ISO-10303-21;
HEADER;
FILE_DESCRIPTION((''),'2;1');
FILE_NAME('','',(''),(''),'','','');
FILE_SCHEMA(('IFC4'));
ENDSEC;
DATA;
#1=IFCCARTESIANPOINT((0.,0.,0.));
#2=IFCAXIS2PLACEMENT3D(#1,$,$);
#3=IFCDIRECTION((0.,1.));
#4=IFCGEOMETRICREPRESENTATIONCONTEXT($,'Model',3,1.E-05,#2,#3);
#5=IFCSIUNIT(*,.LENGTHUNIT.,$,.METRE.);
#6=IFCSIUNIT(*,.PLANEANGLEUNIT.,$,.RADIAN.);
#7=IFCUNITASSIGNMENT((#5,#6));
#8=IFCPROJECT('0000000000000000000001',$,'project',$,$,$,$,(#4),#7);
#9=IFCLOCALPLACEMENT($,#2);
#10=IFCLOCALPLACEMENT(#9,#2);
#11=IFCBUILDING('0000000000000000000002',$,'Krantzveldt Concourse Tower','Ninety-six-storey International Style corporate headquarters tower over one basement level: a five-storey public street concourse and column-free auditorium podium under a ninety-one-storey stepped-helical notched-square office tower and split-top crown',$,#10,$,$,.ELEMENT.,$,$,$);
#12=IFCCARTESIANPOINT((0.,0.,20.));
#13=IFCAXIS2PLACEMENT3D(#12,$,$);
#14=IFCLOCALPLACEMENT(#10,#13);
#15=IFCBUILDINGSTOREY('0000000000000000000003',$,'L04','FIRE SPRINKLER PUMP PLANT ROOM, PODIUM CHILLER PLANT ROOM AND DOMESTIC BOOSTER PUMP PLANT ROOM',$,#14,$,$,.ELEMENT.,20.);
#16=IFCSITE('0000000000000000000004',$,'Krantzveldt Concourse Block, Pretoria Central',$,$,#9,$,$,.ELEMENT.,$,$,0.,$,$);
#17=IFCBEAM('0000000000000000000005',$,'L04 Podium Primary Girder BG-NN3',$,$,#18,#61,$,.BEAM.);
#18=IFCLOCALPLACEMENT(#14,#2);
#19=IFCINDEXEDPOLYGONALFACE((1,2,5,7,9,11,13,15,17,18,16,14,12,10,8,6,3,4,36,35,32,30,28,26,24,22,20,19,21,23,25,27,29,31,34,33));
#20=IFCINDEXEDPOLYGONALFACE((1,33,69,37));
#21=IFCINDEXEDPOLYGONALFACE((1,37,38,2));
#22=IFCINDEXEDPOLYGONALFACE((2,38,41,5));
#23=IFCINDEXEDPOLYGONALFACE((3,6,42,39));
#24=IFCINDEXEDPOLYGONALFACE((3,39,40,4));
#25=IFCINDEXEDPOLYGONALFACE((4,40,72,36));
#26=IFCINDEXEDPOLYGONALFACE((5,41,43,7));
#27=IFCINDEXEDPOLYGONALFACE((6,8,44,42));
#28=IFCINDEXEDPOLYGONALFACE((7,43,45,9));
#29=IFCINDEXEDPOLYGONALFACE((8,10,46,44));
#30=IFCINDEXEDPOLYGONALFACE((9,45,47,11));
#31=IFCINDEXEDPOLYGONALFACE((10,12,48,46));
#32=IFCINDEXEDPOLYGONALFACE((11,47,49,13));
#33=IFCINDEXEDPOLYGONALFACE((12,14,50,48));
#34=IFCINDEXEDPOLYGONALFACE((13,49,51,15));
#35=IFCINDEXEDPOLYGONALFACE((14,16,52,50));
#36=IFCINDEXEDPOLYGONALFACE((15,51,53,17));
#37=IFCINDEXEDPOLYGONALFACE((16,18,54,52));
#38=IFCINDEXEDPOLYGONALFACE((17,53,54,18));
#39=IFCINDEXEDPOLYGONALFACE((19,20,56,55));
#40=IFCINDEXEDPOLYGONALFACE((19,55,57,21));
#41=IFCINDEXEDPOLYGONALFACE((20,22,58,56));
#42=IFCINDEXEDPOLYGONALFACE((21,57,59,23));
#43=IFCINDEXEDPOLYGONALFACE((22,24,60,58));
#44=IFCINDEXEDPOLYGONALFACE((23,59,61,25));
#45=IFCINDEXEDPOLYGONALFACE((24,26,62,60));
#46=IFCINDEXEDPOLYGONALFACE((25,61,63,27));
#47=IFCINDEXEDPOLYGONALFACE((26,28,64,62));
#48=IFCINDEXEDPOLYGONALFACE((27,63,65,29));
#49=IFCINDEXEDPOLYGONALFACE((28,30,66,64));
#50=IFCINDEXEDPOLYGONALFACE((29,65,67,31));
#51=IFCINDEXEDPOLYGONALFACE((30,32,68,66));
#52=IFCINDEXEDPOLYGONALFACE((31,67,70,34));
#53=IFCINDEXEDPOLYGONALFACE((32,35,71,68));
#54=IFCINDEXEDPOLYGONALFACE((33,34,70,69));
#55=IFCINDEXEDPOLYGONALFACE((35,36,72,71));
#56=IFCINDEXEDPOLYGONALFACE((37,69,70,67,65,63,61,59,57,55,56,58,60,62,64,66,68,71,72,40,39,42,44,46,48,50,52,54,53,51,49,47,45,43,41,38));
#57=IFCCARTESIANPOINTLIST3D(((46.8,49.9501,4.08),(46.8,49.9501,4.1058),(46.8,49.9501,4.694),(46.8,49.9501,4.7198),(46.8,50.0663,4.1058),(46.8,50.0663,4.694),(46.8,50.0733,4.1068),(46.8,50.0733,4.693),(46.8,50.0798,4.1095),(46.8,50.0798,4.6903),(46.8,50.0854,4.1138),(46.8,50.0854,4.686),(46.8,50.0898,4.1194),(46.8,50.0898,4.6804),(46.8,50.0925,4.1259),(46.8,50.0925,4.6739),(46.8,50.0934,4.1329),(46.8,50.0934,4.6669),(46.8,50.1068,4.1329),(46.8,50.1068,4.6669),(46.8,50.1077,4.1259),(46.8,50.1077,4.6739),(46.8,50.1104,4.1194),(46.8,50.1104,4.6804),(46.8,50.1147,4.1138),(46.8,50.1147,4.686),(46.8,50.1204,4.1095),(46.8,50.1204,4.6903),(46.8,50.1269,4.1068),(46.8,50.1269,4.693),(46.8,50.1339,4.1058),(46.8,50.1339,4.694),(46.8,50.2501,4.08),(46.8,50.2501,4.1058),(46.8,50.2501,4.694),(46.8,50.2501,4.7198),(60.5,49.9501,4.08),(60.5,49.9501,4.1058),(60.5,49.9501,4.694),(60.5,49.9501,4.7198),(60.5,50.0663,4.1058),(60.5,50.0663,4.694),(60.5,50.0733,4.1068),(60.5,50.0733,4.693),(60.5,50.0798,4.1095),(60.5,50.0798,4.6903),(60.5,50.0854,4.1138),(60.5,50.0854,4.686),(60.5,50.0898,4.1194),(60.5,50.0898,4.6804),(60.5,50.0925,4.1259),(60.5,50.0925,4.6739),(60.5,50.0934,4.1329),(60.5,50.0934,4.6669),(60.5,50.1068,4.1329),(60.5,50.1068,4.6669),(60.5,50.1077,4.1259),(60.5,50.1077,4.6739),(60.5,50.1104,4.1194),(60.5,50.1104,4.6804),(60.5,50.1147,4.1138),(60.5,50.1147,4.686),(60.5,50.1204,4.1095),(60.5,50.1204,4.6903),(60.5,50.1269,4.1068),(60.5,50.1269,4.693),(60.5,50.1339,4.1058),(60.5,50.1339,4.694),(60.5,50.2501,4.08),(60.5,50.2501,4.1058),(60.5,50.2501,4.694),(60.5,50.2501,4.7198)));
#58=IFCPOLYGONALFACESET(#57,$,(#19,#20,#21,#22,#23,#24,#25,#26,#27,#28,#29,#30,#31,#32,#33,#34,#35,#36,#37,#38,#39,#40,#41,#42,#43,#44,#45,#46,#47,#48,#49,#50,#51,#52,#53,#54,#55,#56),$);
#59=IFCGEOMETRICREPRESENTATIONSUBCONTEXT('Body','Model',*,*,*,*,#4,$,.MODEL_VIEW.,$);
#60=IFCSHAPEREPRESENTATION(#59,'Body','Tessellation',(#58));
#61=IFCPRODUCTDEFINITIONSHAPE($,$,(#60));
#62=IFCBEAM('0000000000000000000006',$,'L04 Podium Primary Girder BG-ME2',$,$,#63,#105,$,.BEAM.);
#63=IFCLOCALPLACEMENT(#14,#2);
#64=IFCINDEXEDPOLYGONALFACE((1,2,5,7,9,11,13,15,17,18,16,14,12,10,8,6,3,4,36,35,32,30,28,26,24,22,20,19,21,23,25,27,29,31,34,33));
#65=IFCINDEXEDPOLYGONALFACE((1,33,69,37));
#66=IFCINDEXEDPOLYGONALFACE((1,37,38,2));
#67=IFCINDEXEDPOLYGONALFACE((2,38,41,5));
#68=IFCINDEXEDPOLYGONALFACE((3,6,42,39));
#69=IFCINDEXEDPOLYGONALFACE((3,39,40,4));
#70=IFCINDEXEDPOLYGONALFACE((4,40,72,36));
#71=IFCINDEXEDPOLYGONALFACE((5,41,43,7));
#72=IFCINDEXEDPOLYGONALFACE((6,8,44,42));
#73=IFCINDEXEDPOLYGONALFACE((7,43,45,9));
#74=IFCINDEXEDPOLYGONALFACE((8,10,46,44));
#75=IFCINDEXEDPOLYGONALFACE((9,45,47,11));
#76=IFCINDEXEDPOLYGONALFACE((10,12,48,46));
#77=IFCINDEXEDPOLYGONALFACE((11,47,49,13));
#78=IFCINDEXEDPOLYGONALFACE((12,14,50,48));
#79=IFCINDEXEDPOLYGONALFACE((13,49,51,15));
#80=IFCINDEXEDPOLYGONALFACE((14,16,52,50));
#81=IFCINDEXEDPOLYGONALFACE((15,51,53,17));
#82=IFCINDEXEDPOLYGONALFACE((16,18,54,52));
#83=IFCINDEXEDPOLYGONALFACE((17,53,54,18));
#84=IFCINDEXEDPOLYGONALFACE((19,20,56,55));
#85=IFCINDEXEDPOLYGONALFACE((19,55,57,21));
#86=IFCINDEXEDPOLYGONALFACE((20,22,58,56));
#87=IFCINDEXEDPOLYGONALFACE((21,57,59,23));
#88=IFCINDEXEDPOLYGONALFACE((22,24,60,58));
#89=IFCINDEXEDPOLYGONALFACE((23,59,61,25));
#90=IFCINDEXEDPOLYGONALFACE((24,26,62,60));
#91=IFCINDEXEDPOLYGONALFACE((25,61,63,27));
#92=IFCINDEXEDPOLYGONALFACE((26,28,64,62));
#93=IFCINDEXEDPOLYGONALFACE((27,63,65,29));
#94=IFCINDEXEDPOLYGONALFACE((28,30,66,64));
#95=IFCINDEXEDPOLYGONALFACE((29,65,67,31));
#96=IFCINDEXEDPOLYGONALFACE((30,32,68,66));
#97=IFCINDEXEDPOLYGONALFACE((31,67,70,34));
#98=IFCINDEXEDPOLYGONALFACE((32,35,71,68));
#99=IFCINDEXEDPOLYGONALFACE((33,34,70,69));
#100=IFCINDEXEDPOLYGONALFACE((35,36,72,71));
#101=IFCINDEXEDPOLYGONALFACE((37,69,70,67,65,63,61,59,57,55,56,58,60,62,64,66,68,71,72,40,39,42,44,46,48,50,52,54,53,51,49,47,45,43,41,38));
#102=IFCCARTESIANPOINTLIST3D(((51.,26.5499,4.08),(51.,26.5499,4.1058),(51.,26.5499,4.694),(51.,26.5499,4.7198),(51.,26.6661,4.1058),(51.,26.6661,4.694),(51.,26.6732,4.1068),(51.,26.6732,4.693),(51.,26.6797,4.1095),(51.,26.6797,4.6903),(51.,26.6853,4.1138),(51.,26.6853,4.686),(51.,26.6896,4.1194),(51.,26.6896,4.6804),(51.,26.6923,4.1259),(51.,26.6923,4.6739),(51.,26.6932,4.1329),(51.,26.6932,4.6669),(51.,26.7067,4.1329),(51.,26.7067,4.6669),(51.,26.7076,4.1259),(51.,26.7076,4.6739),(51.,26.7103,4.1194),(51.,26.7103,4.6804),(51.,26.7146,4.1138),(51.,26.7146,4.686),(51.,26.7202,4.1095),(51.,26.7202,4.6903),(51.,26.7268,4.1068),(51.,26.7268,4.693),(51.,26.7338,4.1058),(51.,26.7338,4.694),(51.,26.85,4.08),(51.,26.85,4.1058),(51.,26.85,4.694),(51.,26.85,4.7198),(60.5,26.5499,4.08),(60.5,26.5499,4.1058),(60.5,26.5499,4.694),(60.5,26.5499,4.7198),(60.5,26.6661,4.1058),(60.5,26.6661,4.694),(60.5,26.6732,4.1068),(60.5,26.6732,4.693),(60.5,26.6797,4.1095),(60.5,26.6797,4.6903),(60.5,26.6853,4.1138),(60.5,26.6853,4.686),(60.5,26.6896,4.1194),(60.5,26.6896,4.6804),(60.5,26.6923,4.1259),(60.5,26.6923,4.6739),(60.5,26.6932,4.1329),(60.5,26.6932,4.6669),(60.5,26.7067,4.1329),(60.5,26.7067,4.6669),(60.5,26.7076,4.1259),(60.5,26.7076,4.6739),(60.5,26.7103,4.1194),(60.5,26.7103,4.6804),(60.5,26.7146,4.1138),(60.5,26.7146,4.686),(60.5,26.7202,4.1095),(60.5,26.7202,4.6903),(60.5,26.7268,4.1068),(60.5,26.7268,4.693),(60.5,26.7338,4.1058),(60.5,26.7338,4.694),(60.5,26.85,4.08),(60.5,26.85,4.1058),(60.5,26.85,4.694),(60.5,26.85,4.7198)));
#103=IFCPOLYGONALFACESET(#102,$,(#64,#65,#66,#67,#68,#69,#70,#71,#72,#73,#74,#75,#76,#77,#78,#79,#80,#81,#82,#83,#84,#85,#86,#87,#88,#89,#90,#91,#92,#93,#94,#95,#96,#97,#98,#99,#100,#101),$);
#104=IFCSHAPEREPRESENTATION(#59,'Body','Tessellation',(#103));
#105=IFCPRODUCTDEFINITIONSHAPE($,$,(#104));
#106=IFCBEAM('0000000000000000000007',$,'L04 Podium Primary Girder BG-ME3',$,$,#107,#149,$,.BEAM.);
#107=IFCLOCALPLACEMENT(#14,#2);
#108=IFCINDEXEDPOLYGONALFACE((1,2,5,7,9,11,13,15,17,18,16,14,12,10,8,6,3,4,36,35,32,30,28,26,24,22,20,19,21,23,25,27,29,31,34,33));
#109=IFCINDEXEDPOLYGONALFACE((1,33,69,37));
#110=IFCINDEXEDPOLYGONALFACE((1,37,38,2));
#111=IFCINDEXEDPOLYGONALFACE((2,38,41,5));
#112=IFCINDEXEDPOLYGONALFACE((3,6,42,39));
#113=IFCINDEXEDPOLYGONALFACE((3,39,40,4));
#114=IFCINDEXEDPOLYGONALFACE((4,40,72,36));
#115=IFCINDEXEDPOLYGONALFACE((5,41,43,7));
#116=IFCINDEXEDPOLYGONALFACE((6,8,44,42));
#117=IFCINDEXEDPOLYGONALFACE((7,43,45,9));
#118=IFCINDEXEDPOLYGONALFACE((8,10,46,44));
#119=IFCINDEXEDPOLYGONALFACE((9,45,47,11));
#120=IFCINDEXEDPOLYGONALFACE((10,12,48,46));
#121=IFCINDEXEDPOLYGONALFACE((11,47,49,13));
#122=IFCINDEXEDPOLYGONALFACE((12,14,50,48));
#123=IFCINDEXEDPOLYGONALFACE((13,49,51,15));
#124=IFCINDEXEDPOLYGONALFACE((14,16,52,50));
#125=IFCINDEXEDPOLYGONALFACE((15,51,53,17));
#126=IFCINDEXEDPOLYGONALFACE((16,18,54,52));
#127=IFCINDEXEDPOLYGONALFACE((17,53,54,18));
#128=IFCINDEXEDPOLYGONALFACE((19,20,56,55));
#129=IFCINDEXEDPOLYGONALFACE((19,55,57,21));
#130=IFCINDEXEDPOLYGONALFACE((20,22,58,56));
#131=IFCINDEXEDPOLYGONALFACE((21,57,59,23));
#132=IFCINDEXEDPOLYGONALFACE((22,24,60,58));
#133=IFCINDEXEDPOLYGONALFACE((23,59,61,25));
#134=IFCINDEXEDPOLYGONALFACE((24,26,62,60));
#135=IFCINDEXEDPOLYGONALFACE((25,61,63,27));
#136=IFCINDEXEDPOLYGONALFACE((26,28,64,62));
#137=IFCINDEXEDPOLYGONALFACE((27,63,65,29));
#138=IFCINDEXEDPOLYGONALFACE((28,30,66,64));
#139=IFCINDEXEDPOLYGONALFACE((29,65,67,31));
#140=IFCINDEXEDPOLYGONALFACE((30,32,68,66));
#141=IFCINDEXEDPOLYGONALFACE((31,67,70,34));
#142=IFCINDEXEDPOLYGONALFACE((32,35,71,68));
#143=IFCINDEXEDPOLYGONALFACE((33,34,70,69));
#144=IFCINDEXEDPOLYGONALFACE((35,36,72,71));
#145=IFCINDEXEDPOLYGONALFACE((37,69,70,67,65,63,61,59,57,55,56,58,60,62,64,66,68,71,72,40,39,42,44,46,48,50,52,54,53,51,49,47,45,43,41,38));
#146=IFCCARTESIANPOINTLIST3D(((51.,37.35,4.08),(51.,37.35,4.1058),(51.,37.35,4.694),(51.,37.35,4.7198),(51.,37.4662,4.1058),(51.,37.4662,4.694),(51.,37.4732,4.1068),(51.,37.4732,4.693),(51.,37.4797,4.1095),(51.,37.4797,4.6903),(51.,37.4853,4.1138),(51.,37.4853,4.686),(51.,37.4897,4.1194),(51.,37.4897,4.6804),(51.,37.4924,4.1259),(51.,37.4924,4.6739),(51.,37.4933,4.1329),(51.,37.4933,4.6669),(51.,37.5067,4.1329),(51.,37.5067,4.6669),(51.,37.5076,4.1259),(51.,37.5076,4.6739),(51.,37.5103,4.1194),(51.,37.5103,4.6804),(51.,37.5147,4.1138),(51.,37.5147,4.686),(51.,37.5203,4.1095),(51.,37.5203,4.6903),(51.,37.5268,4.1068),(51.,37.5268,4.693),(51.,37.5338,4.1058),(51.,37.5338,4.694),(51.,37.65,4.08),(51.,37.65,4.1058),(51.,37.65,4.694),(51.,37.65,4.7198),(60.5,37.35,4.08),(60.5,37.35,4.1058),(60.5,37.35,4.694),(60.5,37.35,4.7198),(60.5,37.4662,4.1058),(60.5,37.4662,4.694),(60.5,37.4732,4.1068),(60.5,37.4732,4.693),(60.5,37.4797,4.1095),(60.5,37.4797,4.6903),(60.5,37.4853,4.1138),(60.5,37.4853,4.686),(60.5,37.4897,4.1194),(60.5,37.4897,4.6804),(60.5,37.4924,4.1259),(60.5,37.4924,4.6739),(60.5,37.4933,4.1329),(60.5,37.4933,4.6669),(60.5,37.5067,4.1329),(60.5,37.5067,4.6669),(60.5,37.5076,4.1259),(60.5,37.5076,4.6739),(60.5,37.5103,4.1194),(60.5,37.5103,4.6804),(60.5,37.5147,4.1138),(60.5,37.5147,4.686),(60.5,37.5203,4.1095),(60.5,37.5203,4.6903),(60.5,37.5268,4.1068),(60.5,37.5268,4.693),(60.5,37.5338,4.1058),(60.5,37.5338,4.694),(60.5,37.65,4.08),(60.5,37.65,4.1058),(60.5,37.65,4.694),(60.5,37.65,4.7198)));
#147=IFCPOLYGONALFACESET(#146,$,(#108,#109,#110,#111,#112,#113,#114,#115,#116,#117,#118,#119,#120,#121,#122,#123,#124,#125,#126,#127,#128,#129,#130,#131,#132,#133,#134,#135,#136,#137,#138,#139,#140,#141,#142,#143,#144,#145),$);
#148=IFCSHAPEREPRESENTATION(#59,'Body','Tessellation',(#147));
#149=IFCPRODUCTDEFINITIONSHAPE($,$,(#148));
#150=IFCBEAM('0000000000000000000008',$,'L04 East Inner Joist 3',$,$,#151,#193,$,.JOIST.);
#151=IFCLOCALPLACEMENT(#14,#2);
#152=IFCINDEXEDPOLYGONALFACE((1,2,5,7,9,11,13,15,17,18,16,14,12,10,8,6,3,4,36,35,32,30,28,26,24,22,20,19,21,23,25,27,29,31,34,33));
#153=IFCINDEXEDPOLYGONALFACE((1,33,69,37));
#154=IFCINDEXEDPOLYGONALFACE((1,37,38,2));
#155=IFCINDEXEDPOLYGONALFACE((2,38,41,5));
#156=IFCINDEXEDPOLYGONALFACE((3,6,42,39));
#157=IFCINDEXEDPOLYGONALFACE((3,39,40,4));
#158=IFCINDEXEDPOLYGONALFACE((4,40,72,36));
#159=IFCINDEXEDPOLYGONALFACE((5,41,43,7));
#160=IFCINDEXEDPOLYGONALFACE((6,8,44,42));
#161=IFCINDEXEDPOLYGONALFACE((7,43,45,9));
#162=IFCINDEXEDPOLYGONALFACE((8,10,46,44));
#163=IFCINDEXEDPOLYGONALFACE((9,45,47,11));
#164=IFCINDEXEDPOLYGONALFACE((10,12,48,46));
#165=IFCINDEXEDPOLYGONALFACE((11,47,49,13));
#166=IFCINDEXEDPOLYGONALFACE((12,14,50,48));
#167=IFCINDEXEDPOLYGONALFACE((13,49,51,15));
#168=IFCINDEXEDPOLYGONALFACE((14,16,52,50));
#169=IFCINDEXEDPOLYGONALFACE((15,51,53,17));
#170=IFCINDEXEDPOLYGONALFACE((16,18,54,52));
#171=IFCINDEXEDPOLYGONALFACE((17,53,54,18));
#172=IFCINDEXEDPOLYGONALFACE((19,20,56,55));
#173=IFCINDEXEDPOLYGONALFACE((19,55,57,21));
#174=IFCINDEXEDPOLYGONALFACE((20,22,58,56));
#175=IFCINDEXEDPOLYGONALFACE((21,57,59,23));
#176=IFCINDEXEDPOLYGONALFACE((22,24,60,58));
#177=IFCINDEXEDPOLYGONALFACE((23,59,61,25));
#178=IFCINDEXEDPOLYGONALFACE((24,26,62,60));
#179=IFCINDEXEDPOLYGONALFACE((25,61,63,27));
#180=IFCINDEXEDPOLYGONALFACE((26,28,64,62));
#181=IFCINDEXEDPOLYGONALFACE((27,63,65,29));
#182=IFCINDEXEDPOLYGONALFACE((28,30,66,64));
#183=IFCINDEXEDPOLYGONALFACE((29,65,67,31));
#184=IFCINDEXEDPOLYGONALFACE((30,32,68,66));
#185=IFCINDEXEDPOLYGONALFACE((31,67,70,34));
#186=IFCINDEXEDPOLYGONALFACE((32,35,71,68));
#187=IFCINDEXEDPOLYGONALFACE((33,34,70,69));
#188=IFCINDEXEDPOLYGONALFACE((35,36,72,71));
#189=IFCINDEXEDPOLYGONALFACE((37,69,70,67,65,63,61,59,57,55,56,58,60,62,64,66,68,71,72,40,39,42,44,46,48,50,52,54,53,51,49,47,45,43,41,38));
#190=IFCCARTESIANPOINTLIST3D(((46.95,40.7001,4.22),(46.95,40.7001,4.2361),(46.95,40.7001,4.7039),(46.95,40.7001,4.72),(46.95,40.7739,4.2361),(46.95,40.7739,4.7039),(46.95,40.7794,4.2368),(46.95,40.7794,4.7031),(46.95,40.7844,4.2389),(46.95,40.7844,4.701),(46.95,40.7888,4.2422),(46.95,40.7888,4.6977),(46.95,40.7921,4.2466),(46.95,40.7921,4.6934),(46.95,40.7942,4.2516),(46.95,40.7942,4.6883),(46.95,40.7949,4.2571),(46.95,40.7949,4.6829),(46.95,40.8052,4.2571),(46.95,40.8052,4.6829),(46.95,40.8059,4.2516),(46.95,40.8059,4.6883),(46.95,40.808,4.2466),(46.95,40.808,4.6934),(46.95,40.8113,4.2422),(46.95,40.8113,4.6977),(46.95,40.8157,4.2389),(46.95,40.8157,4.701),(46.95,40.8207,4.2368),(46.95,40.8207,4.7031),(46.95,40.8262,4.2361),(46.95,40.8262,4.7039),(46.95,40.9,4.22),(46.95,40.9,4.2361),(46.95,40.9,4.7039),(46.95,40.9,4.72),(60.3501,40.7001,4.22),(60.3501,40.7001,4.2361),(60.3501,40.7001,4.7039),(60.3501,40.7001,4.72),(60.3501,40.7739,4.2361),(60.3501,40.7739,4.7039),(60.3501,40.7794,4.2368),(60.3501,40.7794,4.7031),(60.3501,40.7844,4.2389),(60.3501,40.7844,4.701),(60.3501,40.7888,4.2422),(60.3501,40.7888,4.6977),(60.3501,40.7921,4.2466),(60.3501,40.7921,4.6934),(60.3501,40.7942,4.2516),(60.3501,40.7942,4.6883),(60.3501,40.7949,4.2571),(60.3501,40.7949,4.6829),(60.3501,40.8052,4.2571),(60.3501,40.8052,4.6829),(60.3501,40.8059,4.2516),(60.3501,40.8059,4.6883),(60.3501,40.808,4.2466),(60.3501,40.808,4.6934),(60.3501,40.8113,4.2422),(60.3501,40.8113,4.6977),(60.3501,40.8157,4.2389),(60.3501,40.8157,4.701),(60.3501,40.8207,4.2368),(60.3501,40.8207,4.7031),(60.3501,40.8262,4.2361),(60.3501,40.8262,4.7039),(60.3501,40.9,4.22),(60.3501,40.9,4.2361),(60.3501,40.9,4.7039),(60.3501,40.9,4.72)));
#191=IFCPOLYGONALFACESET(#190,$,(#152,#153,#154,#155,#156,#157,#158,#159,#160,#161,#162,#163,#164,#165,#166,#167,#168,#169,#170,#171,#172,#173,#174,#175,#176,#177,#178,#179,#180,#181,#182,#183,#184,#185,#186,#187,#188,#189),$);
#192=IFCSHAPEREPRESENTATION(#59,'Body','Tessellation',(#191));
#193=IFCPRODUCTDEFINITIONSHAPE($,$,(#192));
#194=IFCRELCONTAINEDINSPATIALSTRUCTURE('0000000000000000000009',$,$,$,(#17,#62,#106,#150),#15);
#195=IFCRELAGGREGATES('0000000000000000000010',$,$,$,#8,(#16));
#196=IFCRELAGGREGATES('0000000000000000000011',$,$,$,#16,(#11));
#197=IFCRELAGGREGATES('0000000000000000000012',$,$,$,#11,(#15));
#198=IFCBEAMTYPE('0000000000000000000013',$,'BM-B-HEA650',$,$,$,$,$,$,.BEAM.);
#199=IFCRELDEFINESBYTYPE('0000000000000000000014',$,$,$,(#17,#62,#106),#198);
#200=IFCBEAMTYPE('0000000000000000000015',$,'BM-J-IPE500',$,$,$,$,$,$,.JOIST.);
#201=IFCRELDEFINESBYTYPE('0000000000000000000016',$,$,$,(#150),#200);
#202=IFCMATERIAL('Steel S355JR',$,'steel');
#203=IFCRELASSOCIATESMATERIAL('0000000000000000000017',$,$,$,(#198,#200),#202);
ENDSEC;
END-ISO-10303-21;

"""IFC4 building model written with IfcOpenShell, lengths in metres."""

from ifc_helpers import new_model, si_unit, direction, frame, origin, origin_2d, place, context, subcontext, project, spatial, i_section, extrude, source, transform, mapped, material, material_profile, profile_set, type_object, type_shapes, element, save


model = new_model("IFC4")

# Units and contexts
model_context = context("Model", 3, precision=1e-05, world=origin(), true_north=direction((0.0, 1.0)))
body_context = subcontext(model_context, "Body", "Model", "MODEL_VIEW")
ifc_project = project(units=[si_unit("LENGTHUNIT", "METRE"), si_unit("PLANEANGLEUNIT", "RADIAN")], contexts=[model_context])

# Site, building, storey
site_placement = place(None, origin())
site = spatial("IfcSite", under=ifc_project, at=site_placement, Name="Krantzveldt Concourse Block, Pretoria Central", CompositionType="ELEMENT", RefElevation=0.0)
building_placement = place(site_placement, origin())
building = spatial("IfcBuilding", under=site, at=building_placement, Name="Krantzveldt Concourse Tower", Description="Ninety-six-storey International Style corporate headquarters tower over one basement level: a five-storey public street concourse and column-free auditorium podium under a ninety-one-storey stepped-helical notched-square office tower and split-top crown", CompositionType="ELEMENT")
storey_placement = place(building_placement, frame((0.0, 0.0, 20.0)))
storey = spatial("IfcBuildingStorey", under=building, at=storey_placement, Name="L04", Description="FIRE SPRINKLER PUMP PLANT ROOM, PODIUM CHILLER PLANT ROOM AND DOMESTIC BOOSTER PUMP PLANT ROOM", CompositionType="ELEMENT", Elevation=20.0)

# Beams
ifc_material_1 = material(Name="Steel S355JR", Category="steel")
ifc_material_profile_1 = material_profile(ifc_material_1, i_section(OverallWidth=0.3, OverallDepth=0.6399, WebThickness=0.0134, FlangeThickness=0.0259, FilletRadius=0.0271, at=origin_2d()), Name="Steel S355JR", Category="steel")
ifc_profile_set_1 = profile_set([ifc_material_profile_1], Name="Steel S355JR - HEA 650")
beam_type_1 = type_object("IfcBeamType", Name="BM-B-HEA650", PredefinedType="BEAM", material=ifc_profile_set_1)
shared_shape_1 = source(origin(), body_context, "Body", "SweptSolid", [
    extrude(i_section(OverallWidth=0.3, OverallDepth=0.6399, WebThickness=0.0134, FlangeThickness=0.0259, FilletRadius=0.0271, at=origin_2d()), origin(), (0.0, 0.0, 1.0), 13.7),
])
beam_1_placement = place(storey_placement, frame((46.8, 50.1001, 4.3999), z_axis=(1.0, 0.0, 0.0), x_axis=(0.0, 1.0, 0.0)))
element("IfcBeam", 1, at=beam_1_placement, inside=storey, type_object=beam_type_1, Name="L04 Podium Primary Girder BG-NN3", PredefinedType="BEAM", context=body_context, shape_type="MappedRepresentation", body=[
    mapped(shared_shape_1, transform((0.0, 0.0, 0.0), x_axis=(1.0, 0.0, 0.0), y_axis=(0.0, 1.0, 0.0), z_axis=(0.0, 0.0, 1.0), scale=1.0)),
])
shared_shape_2 = source(origin(), body_context, "Body", "SweptSolid", [
    extrude(i_section(OverallWidth=0.3, OverallDepth=0.6399, WebThickness=0.0134, FlangeThickness=0.0259, FilletRadius=0.0271, at=origin_2d()), origin(), (0.0, 0.0, 1.0), 9.5),
])
type_shapes(beam_type_1, [shared_shape_1, shared_shape_2])
for number, where, z_axis, x_axis, name in (
    (2, (51.0, 26.7, 4.3999), (1.0, 0.0, 0.0), (0.0, 1.0, 0.0), "L04 Podium Primary Girder BG-ME2"),
    (3, (51.0, 37.5, 4.3999), (1.0, 0.0, 0.0), (0.0, 1.0, 0.0), "L04 Podium Primary Girder BG-ME3"),
):
    element("IfcBeam", number, at=place(storey_placement, frame(where, z_axis=z_axis, x_axis=x_axis)), inside=storey, type_object=beam_type_1, Name=name, PredefinedType="BEAM", context=body_context, shape_type="MappedRepresentation", body=[
        mapped(shared_shape_2, transform((0.0, 0.0, 0.0), x_axis=(1.0, 0.0, 0.0), y_axis=(0.0, 1.0, 0.0), z_axis=(0.0, 0.0, 1.0), scale=1.0)),
    ])
ifc_material_profile_2 = material_profile(ifc_material_1, i_section(OverallWidth=0.2, OverallDepth=0.5, WebThickness=0.0103, FlangeThickness=0.0161, FilletRadius=0.021, at=origin_2d()), Name="Steel S355JR", Category="steel")
ifc_profile_set_2 = profile_set([ifc_material_profile_2], Name="Steel S355JR - IPE 500")
beam_type_2 = type_object("IfcBeamType", Name="BM-J-IPE500", PredefinedType="JOIST", material=ifc_profile_set_2)
shared_shape_3 = source(origin(), body_context, "Body", "SweptSolid", [
    extrude(i_section(OverallWidth=0.2, OverallDepth=0.5, WebThickness=0.0103, FlangeThickness=0.0161, FilletRadius=0.021, at=origin_2d()), origin(), (0.0, 0.0, 1.0), 13.4001),
])
beam_2_placement = place(storey_placement, frame((46.95, 40.8, 4.47), z_axis=(1.0, 0.0, 0.0), x_axis=(0.0, 1.0, 0.0)))
element("IfcBeam", 4, at=beam_2_placement, inside=storey, type_object=beam_type_2, Name="L04 East Inner Joist 3", PredefinedType="JOIST", context=body_context, shape_type="MappedRepresentation", body=[
    mapped(shared_shape_3, transform((0.0, 0.0, 0.0), x_axis=(1.0, 0.0, 0.0), y_axis=(0.0, 1.0, 0.0), z_axis=(0.0, 0.0, 1.0), scale=1.0)),
])

save(model, "model.ifc")
